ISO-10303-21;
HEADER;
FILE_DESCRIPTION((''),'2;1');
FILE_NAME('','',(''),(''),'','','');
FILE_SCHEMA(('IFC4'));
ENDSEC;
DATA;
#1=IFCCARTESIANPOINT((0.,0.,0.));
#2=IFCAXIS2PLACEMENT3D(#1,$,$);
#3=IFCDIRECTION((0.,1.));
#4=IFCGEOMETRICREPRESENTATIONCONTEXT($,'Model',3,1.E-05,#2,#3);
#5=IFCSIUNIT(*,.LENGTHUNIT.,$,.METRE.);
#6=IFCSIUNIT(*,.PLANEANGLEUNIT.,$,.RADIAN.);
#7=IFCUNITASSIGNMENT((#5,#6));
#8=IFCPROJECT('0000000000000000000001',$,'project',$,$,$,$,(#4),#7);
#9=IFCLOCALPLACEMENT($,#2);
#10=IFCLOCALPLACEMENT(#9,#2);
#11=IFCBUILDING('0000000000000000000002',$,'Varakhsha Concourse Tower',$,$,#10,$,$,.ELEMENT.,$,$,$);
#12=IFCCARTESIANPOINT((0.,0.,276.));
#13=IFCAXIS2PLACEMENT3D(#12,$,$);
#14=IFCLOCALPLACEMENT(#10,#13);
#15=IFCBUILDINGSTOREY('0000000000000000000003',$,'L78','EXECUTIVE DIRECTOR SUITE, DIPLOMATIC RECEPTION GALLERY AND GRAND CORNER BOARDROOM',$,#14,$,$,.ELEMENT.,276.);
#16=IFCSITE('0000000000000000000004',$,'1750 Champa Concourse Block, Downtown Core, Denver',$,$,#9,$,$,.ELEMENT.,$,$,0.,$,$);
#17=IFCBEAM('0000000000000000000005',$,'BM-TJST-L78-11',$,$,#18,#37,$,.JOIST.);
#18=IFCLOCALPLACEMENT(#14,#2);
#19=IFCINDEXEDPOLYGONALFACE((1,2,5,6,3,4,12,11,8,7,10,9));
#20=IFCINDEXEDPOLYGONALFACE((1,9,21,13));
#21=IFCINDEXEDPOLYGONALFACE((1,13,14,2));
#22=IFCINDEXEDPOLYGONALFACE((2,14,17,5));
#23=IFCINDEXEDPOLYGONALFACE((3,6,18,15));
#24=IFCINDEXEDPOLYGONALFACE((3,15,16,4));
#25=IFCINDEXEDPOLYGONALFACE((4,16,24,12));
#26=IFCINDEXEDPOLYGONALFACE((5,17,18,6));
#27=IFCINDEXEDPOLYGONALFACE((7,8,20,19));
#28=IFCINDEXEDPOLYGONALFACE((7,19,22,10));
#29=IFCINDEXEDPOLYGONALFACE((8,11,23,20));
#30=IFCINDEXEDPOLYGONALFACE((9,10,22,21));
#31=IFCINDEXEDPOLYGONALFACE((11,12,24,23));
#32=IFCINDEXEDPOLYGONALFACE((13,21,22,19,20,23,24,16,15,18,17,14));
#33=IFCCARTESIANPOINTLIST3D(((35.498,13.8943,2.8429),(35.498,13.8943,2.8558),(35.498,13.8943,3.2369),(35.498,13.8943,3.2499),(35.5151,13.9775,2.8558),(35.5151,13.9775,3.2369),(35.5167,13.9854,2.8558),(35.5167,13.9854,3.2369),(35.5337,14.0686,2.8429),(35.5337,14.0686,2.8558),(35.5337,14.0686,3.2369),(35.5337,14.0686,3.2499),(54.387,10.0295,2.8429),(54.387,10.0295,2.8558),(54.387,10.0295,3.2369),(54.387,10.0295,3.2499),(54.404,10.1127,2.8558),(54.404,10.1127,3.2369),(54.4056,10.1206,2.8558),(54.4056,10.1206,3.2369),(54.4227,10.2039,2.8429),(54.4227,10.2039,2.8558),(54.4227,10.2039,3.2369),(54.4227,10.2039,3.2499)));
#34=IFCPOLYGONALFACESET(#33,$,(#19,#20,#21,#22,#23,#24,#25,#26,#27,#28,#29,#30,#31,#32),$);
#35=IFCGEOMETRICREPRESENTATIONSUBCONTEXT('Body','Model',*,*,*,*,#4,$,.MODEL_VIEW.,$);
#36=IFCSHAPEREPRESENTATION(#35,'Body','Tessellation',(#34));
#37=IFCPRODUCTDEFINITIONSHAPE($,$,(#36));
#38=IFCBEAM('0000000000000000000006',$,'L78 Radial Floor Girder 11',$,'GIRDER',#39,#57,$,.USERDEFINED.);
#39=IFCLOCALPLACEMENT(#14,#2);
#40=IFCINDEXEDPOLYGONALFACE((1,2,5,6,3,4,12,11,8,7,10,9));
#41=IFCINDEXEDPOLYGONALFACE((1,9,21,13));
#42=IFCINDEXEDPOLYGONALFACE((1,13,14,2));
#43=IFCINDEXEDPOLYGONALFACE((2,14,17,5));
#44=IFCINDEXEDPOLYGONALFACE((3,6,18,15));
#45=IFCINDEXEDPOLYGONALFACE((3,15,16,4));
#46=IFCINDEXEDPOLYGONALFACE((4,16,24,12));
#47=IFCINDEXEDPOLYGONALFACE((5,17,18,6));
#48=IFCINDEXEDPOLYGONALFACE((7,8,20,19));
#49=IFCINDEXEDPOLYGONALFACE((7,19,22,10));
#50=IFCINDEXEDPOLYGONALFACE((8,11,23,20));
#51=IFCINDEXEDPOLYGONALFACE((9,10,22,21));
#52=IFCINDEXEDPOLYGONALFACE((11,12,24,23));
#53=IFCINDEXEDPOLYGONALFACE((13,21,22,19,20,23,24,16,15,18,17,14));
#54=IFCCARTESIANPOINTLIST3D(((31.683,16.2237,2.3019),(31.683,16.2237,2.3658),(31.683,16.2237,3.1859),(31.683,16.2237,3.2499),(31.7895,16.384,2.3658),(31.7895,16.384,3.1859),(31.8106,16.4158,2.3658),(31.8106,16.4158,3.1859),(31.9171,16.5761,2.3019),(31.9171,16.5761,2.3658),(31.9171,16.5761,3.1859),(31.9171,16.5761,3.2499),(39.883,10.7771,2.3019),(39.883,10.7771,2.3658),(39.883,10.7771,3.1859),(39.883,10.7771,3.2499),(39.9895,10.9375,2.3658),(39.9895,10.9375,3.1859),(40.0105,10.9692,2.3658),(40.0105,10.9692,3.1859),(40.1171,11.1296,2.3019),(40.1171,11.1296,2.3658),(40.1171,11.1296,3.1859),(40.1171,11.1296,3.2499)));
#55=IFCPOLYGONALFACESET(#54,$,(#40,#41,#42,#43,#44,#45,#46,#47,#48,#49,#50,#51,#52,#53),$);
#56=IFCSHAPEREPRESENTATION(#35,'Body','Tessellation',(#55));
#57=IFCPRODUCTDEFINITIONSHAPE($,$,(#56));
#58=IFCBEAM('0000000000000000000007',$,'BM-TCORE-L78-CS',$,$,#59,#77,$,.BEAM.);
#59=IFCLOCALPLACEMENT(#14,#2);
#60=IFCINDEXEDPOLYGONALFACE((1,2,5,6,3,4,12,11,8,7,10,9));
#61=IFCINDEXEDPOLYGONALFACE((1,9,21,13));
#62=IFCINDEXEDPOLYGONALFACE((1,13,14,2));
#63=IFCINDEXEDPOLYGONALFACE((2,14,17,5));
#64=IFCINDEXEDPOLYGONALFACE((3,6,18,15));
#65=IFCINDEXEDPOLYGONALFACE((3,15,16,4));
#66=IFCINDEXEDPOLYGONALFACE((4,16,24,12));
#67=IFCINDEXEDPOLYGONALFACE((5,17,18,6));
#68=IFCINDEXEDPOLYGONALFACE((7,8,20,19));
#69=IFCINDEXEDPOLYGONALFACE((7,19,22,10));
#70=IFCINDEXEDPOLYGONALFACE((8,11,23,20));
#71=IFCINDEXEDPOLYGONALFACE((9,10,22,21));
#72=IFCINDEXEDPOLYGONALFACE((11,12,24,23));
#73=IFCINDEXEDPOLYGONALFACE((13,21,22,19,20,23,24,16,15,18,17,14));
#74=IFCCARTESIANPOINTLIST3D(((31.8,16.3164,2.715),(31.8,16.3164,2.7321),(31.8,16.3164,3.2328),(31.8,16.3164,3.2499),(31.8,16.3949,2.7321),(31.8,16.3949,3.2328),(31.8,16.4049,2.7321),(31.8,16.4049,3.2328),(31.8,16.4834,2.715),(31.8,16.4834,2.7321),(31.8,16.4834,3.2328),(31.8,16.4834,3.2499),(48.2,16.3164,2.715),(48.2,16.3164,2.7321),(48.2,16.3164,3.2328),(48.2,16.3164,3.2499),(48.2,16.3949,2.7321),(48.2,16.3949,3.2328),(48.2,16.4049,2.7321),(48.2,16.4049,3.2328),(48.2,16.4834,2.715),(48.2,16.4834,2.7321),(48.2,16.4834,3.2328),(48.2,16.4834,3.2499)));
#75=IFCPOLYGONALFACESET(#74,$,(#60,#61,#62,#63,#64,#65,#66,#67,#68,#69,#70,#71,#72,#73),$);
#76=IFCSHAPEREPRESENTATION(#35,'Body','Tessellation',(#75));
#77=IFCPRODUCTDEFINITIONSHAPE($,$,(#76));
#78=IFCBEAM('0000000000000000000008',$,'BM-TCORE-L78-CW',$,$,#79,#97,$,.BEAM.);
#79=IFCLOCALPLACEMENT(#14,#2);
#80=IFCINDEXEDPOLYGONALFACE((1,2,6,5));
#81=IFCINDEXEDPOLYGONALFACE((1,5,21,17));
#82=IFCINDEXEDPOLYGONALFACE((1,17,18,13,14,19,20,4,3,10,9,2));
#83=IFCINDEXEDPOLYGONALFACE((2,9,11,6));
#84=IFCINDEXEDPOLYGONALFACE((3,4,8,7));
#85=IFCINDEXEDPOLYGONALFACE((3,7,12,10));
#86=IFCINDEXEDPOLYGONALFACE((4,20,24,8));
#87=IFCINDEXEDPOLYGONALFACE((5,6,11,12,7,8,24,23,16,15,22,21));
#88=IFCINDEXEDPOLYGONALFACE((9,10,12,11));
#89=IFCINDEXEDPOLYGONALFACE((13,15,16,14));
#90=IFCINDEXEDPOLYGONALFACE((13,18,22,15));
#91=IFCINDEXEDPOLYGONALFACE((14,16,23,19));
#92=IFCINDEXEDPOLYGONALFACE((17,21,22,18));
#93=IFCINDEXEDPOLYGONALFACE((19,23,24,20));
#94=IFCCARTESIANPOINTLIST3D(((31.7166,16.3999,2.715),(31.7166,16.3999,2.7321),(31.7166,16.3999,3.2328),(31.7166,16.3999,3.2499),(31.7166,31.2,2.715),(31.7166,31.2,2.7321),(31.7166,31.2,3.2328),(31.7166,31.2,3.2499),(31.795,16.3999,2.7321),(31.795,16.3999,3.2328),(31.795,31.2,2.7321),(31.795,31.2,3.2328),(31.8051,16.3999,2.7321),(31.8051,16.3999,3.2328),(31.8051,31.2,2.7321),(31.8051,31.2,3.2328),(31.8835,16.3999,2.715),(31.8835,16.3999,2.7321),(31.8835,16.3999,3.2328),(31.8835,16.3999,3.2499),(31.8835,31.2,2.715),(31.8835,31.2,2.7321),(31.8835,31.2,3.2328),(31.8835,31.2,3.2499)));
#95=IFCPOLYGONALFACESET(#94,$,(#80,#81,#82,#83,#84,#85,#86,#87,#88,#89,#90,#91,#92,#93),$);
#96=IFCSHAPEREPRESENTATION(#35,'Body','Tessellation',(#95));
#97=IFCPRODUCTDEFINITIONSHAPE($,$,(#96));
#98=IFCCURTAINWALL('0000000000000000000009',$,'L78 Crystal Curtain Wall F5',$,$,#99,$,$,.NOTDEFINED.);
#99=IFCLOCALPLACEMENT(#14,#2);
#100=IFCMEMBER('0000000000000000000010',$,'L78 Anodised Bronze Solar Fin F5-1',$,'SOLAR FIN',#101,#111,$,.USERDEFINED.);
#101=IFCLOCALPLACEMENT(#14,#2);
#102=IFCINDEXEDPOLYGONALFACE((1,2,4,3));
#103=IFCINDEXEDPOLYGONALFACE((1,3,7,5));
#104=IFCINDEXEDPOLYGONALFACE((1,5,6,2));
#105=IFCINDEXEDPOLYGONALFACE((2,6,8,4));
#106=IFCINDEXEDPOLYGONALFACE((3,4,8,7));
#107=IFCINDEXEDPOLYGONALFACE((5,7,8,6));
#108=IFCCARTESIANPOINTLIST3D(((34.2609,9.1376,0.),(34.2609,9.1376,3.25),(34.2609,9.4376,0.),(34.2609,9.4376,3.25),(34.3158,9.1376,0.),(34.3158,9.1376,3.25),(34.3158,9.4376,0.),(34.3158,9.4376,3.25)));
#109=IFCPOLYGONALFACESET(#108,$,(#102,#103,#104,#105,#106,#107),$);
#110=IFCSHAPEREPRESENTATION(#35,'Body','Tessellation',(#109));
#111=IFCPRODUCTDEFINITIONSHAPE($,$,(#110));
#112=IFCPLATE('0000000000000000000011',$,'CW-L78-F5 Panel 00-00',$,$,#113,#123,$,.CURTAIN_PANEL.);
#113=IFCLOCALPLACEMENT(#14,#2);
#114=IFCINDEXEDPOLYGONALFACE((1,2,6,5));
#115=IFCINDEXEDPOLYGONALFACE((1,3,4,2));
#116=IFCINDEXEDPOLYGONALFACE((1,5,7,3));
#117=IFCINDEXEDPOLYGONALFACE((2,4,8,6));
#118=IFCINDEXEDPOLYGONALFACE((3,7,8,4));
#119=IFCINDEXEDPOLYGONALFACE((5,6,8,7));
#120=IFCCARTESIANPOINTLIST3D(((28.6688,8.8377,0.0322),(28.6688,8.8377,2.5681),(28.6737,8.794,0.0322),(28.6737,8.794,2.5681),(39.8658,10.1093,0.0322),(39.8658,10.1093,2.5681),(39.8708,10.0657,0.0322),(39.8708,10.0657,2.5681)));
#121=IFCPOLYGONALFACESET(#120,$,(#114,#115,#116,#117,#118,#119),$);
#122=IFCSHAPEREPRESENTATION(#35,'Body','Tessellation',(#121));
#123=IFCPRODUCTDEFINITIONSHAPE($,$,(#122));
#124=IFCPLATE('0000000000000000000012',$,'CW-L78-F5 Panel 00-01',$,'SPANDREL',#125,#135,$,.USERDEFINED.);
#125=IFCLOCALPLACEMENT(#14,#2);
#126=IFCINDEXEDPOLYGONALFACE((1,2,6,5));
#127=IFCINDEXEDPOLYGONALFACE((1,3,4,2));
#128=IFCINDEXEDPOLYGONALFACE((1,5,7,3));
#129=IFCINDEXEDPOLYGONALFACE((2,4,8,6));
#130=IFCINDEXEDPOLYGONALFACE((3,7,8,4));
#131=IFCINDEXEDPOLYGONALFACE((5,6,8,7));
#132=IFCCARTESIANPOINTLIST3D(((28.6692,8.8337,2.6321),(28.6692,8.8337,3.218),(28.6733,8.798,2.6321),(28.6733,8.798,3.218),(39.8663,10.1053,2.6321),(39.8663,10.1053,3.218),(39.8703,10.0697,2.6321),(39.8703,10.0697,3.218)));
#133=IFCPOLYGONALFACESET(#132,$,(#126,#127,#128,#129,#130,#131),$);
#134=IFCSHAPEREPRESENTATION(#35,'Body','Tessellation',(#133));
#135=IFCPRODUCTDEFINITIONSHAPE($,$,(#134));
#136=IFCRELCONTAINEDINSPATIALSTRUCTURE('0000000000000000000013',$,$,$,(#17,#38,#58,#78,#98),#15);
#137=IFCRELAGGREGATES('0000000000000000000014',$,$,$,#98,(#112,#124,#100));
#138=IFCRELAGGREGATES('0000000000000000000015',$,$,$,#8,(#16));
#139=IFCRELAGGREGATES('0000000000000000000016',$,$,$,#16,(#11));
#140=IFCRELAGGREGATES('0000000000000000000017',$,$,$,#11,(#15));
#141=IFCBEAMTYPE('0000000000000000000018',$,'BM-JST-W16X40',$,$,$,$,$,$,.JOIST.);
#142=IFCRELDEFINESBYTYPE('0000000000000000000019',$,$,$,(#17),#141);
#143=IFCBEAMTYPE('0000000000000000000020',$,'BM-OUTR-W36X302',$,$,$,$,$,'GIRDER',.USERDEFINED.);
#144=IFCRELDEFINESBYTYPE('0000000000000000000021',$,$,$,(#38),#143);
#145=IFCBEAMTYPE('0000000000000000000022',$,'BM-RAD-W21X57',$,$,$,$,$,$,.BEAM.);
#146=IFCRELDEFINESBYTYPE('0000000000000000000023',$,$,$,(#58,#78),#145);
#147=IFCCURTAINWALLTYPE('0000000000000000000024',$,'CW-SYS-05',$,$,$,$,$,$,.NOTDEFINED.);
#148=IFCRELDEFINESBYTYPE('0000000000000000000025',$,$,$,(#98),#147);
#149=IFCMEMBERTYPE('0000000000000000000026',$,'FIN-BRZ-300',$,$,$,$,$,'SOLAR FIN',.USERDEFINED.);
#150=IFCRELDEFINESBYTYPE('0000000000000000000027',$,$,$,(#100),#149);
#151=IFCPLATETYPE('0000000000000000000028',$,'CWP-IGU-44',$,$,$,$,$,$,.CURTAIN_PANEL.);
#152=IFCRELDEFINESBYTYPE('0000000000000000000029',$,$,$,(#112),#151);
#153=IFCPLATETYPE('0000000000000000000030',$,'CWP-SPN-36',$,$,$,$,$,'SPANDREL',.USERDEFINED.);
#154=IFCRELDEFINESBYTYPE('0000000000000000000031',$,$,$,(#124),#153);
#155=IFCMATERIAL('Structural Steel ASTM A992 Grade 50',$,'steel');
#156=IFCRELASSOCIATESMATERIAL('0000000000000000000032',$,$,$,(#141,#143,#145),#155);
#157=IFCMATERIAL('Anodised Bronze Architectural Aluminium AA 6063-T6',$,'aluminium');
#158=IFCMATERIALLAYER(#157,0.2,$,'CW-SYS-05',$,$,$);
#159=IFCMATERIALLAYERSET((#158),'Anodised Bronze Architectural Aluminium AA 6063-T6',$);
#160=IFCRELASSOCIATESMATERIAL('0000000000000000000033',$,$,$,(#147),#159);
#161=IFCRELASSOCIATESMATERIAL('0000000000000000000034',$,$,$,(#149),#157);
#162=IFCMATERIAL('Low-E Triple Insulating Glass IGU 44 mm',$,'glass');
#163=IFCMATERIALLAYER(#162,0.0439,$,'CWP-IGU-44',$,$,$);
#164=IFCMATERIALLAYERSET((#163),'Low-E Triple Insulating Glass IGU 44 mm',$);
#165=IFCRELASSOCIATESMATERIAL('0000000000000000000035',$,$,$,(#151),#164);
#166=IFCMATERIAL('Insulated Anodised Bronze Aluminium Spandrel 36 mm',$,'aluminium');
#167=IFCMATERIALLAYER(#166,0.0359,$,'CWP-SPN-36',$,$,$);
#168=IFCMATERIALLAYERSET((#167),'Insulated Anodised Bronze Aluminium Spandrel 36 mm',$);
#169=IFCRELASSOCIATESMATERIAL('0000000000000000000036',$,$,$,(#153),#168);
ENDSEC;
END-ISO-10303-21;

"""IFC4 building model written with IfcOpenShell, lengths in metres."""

from ifc_helpers import new_model, si_unit, direction, frame, origin, origin_2d, place, context, subcontext, project, spatial, rectangle, i_section, extrude, source, transform, mapped, material, layer, layer_set, material_profile, profile_set, type_object, type_shapes, element, aggregate, save


model = new_model("IFC4")

# Units and contexts
model_context = context("Model", 3, precision=1e-05, world=origin(), true_north=direction((0.0, 1.0)))
body_context = subcontext(model_context, "Body", "Model", "MODEL_VIEW")
ifc_project = project(units=[si_unit("LENGTHUNIT", "METRE"), si_unit("PLANEANGLEUNIT", "RADIAN")], contexts=[model_context])

# Site, building, storey
site_placement = place(None, origin())
site = spatial("IfcSite", under=ifc_project, at=site_placement, Name="1750 Champa Concourse Block, Downtown Core, Denver", CompositionType="ELEMENT", RefElevation=0.0)
building_placement = place(site_placement, origin())
building = spatial("IfcBuilding", under=site, at=building_placement, Name="Varakhsha Concourse Tower", CompositionType="ELEMENT")
storey_placement = place(building_placement, frame((0.0, 0.0, 276.0)))
storey = spatial("IfcBuildingStorey", under=building, at=storey_placement, Name="L78", Description="EXECUTIVE DIRECTOR SUITE, DIPLOMATIC RECEPTION GALLERY AND GRAND CORNER BOARDROOM", CompositionType="ELEMENT", Elevation=276.0)

# Beams
ifc_material_1 = material(Name="Structural Steel ASTM A992 Grade 50", Category="steel")
ifc_material_profile_1 = material_profile(ifc_material_1, i_section(OverallWidth=0.178, OverallDepth=0.407, WebThickness=0.0081, FlangeThickness=0.0129, at=origin_2d()), Name="W16X40")
ifc_profile_set_1 = profile_set([ifc_material_profile_1], Name="Structural Steel ASTM A992 Grade 50")
beam_type_1 = type_object("IfcBeamType", Name="BM-JST-W16X40", PredefinedType="JOIST", material=ifc_profile_set_1)
beam_1_placement = place(storey_placement, frame((35.5159, 13.9814, 3.0464), z_axis=(0.979704, -0.200451, 0.0), x_axis=(0.200451, 0.979704, 0.0)))
element("IfcBeam", 1, at=beam_1_placement, inside=storey, type_object=beam_type_1, Name="BM-TJST-L78-11", PredefinedType="JOIST", context=body_context, shape_type="SweptSolid", body=[
    extrude(i_section(OverallWidth=0.178, OverallDepth=0.407, WebThickness=0.0081, FlangeThickness=0.0129, at=origin_2d()), origin(), (0.0, 0.0, 1.0), 19.2803),
])
ifc_material_profile_2 = material_profile(ifc_material_1, i_section(OverallWidth=0.4231, OverallDepth=0.948, WebThickness=0.0381, FlangeThickness=0.064, at=origin_2d()), Name="W36X302")
ifc_profile_set_2 = profile_set([ifc_material_profile_2], Name="Structural Steel ASTM A992 Grade 50")
beam_type_2 = type_object("IfcBeamType", Name="BM-OUTR-W36X302", ElementType="GIRDER", PredefinedType="USERDEFINED", material=ifc_profile_set_2)
beam_2_placement = place(storey_placement, frame((31.8, 16.3999, 2.7759), z_axis=(0.832992, -0.553286, 0.0), x_axis=(0.553286, 0.832992, 0.0)))
element("IfcBeam", 2, at=beam_2_placement, inside=storey, type_object=beam_type_2, Name="L78 Radial Floor Girder 11", ObjectType="GIRDER", PredefinedType="USERDEFINED", context=body_context, shape_type="SweptSolid", body=[
    extrude(i_section(OverallWidth=0.4231, OverallDepth=0.948, WebThickness=0.0381, FlangeThickness=0.064, at=origin_2d()), origin(), (0.0, 0.0, 1.0), 9.844),
])
ifc_material_profile_3 = material_profile(ifc_material_1, i_section(OverallWidth=0.167, OverallDepth=0.5349, WebThickness=0.01, FlangeThickness=0.0171, at=origin_2d()), Name="W21X57")
ifc_profile_set_3 = profile_set([ifc_material_profile_3], Name="Structural Steel ASTM A992 Grade 50")
beam_type_3 = type_object("IfcBeamType", Name="BM-RAD-W21X57", PredefinedType="BEAM", material=ifc_profile_set_3)
beam_3_placement = place(storey_placement, frame((31.8, 16.3999, 2.9824), z_axis=(1.0, 0.0, 0.0), x_axis=(0.0, 1.0, 0.0)))
element("IfcBeam", 3, at=beam_3_placement, inside=storey, type_object=beam_type_3, Name="BM-TCORE-L78-CS", PredefinedType="BEAM", context=body_context, shape_type="SweptSolid", body=[
    extrude(i_section(OverallWidth=0.167, OverallDepth=0.5349, WebThickness=0.01, FlangeThickness=0.0171, at=origin_2d()), origin(), (0.0, 0.0, 1.0), 16.3999),
])
beam_4_placement = place(storey_placement, frame((31.8, 16.3999, 2.9824), z_axis=(0.0, 1.0, 0.0), x_axis=(-1.0, 0.0, 0.0)))
element("IfcBeam", 4, at=beam_4_placement, inside=storey, type_object=beam_type_3, Name="BM-TCORE-L78-CW", PredefinedType="BEAM", context=body_context, shape_type="SweptSolid", body=[
    extrude(i_section(OverallWidth=0.167, OverallDepth=0.5349, WebThickness=0.01, FlangeThickness=0.0171, at=origin_2d()), origin(), (0.0, 0.0, 1.0), 14.8),
])

# Curtain wall, member, plates
ifc_material_2 = material(Name="Anodised Bronze Architectural Aluminium AA 6063-T6", Category="aluminium")
ifc_layer_1 = layer(ifc_material_2, 0.2, Name="CW-SYS-05")
ifc_layer_set_1 = layer_set([ifc_layer_1], Name="Anodised Bronze Architectural Aluminium AA 6063-T6")
curtain_wall_type = type_object("IfcCurtainWallType", Name="CW-SYS-05", PredefinedType="NOTDEFINED", material=ifc_layer_set_1)
curtain_wall_placement = place(storey_placement, origin())
curtain_wall = element("IfcCurtainWall", 5, at=curtain_wall_placement, inside=storey, type_object=curtain_wall_type, Name="L78 Crystal Curtain Wall F5", PredefinedType="NOTDEFINED")
ifc_material_profile_4 = material_profile(ifc_material_2, rectangle(XDim=0.0549, YDim=0.3, at=origin_2d()), Name="FIN-BRZ-300")
ifc_profile_set_4 = profile_set([ifc_material_profile_4], Name="Anodised Bronze Architectural Aluminium AA 6063-T6")
member_type = type_object("IfcMemberType", Name="FIN-BRZ-300", ElementType="SOLAR FIN", PredefinedType="USERDEFINED", material=ifc_profile_set_4)
shared_shape_1 = source(origin(), body_context, "Body", "SweptSolid", [
    extrude(rectangle(XDim=0.0549, YDim=0.3, at=origin_2d()), origin(), (0.0, 0.0, 1.0), 3.25),
])
type_shapes(member_type, [shared_shape_1])
member_placement = place(storey_placement, frame((34.2883, 9.2876, 0.0), z_axis=(0.0, 0.0, 1.0), x_axis=(1.0, 0.0, 0.0)))
member = element("IfcMember", 6, at=member_placement, type_object=member_type, Name="L78 Anodised Bronze Solar Fin F5-1", ObjectType="SOLAR FIN", PredefinedType="USERDEFINED", context=body_context, shape_type="MappedRepresentation", body=[
    mapped(shared_shape_1, transform((0.0, 0.0, 0.0), scale=1.0)),
])
ifc_material_3 = material(Name="Low-E Triple Insulating Glass IGU 44 mm", Category="glass")
ifc_layer_2 = layer(ifc_material_3, 0.0439, Name="CWP-IGU-44")
ifc_layer_set_2 = layer_set([ifc_layer_2], Name="Low-E Triple Insulating Glass IGU 44 mm")
plate_type_1 = type_object("IfcPlateType", Name="CWP-IGU-44", PredefinedType="CURTAIN_PANEL", material=ifc_layer_set_2)
shared_shape_2 = source(origin(), body_context, "Body", "SweptSolid", [
    extrude(rectangle(XDim=11.269, YDim=0.0439, at=origin_2d()), origin(), (0.0, 0.0, 1.0), 2.5359),
])
type_shapes(plate_type_1, [shared_shape_2])
plate_1_placement = place(storey_placement, frame((34.2698, 9.4517, 0.0322), z_axis=(0.0, 0.0, 1.0), x_axis=(-0.993613, -0.112844, 0.0)))
plate_1 = element("IfcPlate", 7, at=plate_1_placement, type_object=plate_type_1, Name="CW-L78-F5 Panel 00-00", PredefinedType="CURTAIN_PANEL", context=body_context, shape_type="MappedRepresentation", body=[
    mapped(shared_shape_2, transform((0.0, 0.0, 0.0), scale=1.0)),
])
ifc_material_4 = material(Name="Insulated Anodised Bronze Aluminium Spandrel 36 mm", Category="aluminium")
ifc_layer_3 = layer(ifc_material_4, 0.0359, Name="CWP-SPN-36")
ifc_layer_set_3 = layer_set([ifc_layer_3], Name="Insulated Anodised Bronze Aluminium Spandrel 36 mm")
plate_type_2 = type_object("IfcPlateType", Name="CWP-SPN-36", ElementType="SPANDREL", PredefinedType="USERDEFINED", material=ifc_layer_set_3)
shared_shape_3 = source(origin(), body_context, "Body", "SweptSolid", [
    extrude(rectangle(XDim=11.269, YDim=0.0359, at=origin_2d()), origin(), (0.0, 0.0, 1.0), 0.5859),
])
type_shapes(plate_type_2, [shared_shape_3])
plate_2_placement = place(storey_placement, frame((34.2698, 9.4517, 2.6321), z_axis=(0.0, 0.0, 1.0), x_axis=(-0.993613, -0.112844, 0.0)))
plate_2 = element("IfcPlate", 8, at=plate_2_placement, type_object=plate_type_2, Name="CW-L78-F5 Panel 00-01", ObjectType="SPANDREL", PredefinedType="USERDEFINED", context=body_context, shape_type="MappedRepresentation", body=[
    mapped(shared_shape_3, transform((0.0, 0.0, 0.0), scale=1.0)),
])
aggregate(curtain_wall, [plate_1, plate_2, member])

save(model, "model.ifc")
